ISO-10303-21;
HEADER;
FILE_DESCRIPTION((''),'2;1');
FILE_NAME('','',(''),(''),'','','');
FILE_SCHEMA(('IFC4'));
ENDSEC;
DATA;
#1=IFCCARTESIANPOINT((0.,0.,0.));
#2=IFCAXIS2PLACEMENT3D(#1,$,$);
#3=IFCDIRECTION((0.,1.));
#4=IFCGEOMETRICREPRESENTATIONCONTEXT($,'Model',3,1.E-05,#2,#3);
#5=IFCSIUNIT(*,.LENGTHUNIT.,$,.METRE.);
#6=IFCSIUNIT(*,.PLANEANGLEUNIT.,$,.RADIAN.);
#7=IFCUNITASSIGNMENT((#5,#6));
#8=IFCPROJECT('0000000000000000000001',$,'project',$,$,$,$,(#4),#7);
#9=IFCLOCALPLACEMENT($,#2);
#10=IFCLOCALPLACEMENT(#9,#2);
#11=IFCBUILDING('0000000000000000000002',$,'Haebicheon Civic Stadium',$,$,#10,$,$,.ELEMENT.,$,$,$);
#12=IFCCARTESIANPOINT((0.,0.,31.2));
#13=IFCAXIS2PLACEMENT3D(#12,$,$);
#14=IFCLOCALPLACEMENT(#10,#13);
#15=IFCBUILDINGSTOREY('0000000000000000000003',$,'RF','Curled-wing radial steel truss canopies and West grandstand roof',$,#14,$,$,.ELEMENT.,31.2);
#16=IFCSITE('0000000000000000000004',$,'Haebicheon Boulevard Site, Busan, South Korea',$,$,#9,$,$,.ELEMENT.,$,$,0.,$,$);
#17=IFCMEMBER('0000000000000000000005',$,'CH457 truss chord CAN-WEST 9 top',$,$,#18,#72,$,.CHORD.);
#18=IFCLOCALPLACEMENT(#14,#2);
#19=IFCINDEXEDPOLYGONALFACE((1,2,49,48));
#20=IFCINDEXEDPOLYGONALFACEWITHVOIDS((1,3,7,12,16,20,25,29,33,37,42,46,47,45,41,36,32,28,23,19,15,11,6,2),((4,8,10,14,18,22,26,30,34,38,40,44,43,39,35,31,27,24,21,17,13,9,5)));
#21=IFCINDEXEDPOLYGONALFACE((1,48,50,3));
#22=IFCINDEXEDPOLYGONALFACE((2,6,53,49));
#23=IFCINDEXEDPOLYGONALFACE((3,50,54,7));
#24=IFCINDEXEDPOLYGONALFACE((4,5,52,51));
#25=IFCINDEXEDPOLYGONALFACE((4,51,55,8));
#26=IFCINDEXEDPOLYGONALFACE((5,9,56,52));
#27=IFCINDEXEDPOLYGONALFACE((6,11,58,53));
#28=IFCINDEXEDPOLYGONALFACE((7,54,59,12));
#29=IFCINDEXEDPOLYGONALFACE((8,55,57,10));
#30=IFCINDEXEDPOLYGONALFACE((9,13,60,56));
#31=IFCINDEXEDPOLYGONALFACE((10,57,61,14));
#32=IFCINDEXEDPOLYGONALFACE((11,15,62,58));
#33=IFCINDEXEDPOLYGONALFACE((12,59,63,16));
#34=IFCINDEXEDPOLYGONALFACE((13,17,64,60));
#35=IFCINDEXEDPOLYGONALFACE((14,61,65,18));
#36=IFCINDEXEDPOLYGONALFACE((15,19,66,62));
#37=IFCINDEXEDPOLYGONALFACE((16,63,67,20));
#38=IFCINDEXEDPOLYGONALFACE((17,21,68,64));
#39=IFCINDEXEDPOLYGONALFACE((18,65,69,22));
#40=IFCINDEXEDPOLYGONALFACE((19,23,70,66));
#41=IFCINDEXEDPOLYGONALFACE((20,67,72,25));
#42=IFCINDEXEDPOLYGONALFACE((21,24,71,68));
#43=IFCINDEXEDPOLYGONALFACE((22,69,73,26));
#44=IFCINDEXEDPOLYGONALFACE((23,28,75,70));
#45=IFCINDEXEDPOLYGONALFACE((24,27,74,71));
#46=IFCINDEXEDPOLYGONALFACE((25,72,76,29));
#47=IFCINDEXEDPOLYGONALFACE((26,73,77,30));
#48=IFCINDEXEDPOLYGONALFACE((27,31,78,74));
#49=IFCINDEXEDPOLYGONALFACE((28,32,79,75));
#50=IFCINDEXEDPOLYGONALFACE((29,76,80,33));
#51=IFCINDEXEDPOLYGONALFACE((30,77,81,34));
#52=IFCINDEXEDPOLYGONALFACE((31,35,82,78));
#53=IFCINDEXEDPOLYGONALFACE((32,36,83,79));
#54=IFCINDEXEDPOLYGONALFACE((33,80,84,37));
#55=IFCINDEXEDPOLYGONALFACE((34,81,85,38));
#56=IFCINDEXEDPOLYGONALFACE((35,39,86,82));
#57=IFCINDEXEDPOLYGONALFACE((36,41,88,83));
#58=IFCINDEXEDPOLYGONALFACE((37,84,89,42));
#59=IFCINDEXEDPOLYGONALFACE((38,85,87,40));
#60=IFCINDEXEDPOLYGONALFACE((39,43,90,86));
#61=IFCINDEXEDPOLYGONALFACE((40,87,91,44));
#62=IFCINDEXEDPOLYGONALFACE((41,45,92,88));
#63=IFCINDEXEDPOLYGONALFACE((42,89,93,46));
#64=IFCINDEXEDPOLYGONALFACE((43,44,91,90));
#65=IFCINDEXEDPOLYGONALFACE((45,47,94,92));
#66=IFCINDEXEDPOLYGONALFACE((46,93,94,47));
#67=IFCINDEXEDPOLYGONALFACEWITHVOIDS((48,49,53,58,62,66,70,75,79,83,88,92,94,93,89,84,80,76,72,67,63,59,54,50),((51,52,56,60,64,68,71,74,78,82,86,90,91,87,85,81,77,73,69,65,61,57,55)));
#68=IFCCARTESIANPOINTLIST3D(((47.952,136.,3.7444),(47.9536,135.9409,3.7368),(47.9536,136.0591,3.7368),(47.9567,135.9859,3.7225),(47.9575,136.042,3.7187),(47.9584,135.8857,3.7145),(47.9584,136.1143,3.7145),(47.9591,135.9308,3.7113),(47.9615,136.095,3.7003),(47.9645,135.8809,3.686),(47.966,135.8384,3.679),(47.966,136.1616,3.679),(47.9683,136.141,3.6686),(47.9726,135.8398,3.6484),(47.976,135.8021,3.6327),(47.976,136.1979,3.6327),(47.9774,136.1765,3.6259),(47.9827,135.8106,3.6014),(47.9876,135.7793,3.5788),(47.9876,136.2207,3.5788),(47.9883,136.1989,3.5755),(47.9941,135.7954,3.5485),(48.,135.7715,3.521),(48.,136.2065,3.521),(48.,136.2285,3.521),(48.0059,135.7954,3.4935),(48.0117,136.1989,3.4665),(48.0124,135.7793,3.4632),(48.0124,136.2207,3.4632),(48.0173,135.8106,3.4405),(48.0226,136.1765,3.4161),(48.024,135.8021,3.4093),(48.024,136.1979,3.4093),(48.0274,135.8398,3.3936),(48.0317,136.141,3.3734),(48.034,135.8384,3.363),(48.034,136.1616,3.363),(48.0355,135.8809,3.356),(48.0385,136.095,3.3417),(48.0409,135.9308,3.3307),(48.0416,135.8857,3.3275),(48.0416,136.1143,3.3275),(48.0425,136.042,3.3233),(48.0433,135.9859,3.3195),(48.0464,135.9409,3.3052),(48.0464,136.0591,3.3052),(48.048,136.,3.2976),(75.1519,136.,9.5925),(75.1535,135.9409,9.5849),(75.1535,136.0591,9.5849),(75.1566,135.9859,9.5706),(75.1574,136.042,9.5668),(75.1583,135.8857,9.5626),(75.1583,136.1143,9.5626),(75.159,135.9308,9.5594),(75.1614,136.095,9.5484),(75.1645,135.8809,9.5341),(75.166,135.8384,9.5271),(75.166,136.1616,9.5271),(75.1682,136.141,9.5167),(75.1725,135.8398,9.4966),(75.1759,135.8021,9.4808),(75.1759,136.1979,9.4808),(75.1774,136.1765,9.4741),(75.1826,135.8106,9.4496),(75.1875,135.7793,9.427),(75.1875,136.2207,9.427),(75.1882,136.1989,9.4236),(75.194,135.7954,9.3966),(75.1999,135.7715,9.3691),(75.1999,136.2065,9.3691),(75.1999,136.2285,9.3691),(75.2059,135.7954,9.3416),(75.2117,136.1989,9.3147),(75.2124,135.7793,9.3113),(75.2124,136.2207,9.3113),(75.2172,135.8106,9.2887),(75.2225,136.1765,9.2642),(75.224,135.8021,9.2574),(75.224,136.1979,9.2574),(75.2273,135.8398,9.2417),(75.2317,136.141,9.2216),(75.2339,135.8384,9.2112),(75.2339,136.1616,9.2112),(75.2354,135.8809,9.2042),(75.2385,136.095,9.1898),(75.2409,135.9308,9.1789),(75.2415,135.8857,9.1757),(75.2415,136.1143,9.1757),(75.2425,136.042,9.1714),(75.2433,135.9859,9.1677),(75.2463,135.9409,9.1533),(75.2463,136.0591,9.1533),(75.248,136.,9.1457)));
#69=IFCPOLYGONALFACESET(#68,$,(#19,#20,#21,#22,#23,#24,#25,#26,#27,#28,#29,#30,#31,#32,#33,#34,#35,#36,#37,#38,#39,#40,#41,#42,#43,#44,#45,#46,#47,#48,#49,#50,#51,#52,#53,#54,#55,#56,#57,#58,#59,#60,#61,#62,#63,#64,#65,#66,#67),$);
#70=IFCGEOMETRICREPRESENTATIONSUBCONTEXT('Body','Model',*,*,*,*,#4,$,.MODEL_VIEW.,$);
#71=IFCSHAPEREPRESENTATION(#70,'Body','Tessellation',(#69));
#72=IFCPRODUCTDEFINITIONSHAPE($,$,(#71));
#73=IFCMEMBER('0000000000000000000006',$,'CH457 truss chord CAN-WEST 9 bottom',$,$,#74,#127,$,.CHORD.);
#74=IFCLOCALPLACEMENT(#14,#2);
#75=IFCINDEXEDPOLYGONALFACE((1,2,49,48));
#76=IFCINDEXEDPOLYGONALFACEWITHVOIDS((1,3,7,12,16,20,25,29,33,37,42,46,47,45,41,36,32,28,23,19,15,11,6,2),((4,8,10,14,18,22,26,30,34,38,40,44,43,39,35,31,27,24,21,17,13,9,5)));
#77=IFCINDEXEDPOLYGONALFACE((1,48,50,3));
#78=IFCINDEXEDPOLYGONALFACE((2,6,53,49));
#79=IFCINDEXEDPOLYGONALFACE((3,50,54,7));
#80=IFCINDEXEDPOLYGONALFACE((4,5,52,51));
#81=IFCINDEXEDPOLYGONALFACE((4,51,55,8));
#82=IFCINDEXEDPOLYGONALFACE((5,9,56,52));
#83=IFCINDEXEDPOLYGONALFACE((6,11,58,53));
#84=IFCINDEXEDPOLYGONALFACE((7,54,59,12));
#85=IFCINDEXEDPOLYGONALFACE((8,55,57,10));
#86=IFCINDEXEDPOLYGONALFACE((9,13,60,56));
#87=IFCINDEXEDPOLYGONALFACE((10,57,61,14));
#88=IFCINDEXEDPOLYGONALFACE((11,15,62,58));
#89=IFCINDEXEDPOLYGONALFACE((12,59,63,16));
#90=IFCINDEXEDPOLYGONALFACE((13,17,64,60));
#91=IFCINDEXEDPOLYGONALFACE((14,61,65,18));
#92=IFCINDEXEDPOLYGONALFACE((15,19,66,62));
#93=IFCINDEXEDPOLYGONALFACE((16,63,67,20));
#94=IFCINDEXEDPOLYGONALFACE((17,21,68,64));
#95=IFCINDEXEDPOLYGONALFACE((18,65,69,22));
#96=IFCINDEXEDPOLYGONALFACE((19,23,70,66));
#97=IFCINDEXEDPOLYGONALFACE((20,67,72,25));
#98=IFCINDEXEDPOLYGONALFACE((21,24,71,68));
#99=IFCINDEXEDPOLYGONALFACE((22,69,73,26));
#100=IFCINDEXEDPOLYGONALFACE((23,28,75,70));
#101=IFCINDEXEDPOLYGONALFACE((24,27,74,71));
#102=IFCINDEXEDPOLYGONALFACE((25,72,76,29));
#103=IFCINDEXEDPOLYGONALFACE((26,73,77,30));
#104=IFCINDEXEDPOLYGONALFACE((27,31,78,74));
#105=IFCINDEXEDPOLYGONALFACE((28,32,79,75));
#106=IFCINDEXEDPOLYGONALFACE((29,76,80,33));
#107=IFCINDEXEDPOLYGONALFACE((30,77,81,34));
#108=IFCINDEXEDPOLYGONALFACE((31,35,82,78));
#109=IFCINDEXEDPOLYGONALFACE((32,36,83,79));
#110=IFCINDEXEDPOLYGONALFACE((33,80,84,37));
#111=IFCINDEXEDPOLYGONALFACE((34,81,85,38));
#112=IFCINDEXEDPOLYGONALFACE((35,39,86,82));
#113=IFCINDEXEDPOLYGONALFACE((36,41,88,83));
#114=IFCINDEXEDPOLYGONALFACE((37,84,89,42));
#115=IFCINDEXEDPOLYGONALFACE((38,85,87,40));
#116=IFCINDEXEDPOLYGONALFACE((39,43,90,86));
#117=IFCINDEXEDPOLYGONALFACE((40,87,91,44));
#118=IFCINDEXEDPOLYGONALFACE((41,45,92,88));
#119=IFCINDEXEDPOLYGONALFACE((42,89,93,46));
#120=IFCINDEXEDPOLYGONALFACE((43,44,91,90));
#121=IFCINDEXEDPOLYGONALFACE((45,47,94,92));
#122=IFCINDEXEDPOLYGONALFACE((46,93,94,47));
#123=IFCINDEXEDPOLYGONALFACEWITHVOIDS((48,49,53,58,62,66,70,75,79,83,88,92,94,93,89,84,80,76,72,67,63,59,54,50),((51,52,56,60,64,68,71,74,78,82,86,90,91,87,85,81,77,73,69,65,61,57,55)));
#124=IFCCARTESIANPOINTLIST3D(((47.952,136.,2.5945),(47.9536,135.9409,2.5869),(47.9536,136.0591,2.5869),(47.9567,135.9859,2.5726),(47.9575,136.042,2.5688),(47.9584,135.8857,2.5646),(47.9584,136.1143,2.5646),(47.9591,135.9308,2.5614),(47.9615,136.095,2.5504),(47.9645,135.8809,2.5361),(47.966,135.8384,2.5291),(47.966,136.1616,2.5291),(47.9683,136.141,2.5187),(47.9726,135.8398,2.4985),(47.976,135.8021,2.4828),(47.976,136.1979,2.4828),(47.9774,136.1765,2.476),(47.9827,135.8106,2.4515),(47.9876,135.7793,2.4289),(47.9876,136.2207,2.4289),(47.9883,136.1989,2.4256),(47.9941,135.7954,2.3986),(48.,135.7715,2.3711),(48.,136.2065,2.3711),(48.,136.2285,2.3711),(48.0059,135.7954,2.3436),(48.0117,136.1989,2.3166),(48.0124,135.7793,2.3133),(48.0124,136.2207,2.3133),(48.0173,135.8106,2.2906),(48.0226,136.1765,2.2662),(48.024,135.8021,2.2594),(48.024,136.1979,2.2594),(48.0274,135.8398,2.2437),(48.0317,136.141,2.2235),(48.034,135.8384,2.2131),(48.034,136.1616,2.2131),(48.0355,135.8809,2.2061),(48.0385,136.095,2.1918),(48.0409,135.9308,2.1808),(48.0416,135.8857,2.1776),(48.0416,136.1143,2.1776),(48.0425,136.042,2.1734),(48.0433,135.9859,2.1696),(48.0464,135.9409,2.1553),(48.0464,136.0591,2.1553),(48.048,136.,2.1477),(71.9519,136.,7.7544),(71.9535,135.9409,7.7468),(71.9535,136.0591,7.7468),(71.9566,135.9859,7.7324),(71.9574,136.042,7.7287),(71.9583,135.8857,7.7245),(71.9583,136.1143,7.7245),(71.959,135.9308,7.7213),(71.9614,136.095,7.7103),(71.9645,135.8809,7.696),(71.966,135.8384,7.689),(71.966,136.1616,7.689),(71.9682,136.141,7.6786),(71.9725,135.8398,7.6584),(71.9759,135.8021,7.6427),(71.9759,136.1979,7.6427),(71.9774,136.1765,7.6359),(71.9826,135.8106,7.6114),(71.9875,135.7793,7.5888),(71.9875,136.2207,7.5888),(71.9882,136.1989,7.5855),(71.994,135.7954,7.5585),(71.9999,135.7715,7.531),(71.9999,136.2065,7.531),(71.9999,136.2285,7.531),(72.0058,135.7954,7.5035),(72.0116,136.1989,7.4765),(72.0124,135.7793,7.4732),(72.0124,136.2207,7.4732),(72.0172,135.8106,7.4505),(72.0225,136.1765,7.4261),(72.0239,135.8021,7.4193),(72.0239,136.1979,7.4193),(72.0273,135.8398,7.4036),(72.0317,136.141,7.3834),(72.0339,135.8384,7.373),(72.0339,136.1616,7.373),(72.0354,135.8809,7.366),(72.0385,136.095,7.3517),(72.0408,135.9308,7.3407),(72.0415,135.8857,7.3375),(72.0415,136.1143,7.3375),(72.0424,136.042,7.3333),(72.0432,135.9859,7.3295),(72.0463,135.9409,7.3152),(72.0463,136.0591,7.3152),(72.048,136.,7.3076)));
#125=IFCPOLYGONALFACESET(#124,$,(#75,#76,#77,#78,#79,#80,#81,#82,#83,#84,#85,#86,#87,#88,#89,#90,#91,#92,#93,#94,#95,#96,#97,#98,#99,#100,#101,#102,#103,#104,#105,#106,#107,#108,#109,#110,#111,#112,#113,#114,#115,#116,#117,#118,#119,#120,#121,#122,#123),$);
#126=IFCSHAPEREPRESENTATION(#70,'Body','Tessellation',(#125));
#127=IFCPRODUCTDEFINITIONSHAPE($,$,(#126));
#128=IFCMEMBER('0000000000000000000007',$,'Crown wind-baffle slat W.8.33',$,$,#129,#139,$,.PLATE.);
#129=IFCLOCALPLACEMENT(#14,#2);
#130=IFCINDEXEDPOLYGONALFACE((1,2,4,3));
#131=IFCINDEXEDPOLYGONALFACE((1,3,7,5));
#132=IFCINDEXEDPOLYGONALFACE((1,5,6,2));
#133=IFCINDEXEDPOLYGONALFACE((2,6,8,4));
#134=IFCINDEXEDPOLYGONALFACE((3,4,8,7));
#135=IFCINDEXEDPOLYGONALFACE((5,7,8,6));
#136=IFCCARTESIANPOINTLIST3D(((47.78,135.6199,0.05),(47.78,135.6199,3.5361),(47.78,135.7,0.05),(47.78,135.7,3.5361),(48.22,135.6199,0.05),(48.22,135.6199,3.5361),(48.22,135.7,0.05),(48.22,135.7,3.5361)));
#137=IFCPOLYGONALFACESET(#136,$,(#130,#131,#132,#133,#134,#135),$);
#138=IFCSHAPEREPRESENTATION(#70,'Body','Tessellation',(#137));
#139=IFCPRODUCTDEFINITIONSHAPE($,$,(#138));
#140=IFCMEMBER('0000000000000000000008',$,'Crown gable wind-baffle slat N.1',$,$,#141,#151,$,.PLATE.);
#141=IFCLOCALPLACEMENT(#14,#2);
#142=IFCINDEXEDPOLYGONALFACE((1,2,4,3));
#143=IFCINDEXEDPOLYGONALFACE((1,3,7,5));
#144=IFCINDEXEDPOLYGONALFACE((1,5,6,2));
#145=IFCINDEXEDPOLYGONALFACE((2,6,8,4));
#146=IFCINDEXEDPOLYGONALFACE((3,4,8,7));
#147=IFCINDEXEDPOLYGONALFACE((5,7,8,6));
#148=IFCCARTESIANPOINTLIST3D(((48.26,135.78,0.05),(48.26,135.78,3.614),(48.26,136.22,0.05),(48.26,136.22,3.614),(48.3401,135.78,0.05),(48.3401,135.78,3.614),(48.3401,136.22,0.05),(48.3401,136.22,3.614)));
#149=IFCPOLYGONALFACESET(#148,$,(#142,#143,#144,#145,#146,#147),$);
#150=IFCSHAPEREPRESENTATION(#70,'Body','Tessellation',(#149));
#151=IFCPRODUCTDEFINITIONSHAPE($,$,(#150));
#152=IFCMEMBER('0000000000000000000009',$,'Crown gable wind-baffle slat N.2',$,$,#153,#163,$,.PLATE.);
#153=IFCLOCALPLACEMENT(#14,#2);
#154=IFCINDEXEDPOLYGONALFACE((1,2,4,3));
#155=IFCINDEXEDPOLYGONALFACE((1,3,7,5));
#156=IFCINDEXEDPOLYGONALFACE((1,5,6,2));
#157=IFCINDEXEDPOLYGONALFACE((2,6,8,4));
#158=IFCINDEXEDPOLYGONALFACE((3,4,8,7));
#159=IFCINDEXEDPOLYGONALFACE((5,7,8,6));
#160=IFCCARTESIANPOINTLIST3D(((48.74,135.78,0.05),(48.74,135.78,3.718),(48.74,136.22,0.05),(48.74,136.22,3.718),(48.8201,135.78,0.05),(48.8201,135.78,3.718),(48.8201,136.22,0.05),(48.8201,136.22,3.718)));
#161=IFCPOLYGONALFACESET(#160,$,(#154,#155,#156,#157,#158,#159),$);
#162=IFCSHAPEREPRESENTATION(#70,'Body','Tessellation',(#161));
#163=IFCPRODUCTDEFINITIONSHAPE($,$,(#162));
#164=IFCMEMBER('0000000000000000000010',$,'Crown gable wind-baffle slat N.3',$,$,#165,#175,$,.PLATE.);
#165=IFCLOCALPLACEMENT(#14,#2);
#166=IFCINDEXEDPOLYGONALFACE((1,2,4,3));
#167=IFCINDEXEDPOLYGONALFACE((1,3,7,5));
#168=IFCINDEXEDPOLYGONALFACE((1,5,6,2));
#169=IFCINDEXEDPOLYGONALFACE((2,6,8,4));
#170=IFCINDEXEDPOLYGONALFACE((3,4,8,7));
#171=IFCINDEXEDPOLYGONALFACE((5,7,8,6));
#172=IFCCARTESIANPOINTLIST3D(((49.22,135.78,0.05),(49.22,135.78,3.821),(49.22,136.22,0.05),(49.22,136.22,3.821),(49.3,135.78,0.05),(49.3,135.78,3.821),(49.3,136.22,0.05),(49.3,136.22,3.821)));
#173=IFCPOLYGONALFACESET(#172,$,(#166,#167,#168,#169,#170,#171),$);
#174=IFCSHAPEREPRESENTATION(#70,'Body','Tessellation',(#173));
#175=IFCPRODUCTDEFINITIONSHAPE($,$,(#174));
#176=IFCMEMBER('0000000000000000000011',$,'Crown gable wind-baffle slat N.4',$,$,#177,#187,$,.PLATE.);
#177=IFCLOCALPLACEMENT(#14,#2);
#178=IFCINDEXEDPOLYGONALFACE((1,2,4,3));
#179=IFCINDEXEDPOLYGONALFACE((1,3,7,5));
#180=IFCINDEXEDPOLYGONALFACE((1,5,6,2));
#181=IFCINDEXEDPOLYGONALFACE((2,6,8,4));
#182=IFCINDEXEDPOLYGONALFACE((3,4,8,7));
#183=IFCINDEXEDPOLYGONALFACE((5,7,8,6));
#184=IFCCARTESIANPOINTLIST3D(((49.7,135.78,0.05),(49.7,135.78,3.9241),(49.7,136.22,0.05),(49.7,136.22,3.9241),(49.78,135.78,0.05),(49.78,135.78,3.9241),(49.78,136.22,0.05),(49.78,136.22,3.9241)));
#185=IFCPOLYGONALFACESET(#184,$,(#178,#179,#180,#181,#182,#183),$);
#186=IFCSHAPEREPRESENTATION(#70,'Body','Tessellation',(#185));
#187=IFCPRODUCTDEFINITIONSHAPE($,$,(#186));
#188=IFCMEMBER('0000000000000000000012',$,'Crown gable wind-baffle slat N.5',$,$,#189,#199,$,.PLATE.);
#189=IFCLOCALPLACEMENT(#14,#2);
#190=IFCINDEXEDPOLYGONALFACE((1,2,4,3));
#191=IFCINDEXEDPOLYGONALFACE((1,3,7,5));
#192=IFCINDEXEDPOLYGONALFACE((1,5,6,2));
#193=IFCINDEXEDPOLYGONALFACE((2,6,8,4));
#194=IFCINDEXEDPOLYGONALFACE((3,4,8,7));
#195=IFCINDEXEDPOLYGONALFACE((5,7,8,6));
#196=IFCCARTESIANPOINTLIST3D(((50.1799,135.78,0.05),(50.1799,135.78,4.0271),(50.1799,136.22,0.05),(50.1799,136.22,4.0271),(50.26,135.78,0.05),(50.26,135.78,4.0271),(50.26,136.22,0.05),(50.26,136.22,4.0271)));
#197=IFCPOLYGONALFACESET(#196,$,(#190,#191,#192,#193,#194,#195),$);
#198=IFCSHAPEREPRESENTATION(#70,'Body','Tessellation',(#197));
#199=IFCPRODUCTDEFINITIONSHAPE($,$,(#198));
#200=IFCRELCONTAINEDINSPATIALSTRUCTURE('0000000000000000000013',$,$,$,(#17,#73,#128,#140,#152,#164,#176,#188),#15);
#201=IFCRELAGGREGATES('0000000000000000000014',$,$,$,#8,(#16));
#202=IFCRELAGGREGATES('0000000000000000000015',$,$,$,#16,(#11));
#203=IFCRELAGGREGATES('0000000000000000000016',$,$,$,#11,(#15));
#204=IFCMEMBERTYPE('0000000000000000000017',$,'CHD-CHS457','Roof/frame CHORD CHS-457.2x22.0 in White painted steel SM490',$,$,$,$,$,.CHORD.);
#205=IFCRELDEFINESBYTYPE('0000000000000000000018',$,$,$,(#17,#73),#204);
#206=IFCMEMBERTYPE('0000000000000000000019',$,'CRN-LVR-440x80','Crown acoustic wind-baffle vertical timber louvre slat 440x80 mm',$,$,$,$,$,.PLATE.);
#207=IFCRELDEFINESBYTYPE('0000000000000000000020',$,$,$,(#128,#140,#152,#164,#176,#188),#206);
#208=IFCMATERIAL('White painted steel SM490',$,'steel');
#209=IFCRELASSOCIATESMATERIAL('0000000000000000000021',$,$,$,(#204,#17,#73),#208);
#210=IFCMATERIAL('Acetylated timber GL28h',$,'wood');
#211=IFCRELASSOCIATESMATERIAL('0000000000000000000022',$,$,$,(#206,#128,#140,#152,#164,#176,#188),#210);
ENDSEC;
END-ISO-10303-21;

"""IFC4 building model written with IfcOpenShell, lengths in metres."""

from ifc_helpers import new_model, si_unit, direction, frame, origin, origin_2d, place, context, subcontext, project, spatial, rectangle, hollow_circle, extrude, material, material_profile, profile_set, type_object, element, save


model = new_model("IFC4")

# Units and contexts
model_context = context("Model", 3, precision=1e-05, world=origin(), true_north=direction((0.0, 1.0)))
body_context = subcontext(model_context, "Body", "Model", "MODEL_VIEW")
ifc_project = project(units=[si_unit("LENGTHUNIT", "METRE"), si_unit("PLANEANGLEUNIT", "RADIAN")], contexts=[model_context])

# Site, building, storey
site_placement = place(None, origin())
site = spatial("IfcSite", under=ifc_project, at=site_placement, Name="Haebicheon Boulevard Site, Busan, South Korea", CompositionType="ELEMENT", RefElevation=0.0)
building_placement = place(site_placement, origin())
building = spatial("IfcBuilding", under=site, at=building_placement, Name="Haebicheon Civic Stadium", CompositionType="ELEMENT")
storey_placement = place(building_placement, frame((0.0, 0.0, 31.2)))
storey = spatial("IfcBuildingStorey", under=building, at=storey_placement, Name="RF", Description="Curled-wing radial steel truss canopies and West grandstand roof", CompositionType="ELEMENT", Elevation=31.2)

# Members
ifc_material_1 = material(Name="White painted steel SM490", Category="steel")
ifc_material_profile_1 = material_profile(ifc_material_1, hollow_circle(Radius=0.2285, WallThickness=0.022, at=origin_2d()), Name="CHS-457.2x22.0")
ifc_profile_set_1 = profile_set([ifc_material_profile_1], Name="White painted steel SM490")
member_type_1 = type_object("IfcMemberType", Name="CHD-CHS457", Description="Roof/frame CHORD CHS-457.2x22.0 in White painted steel SM490", PredefinedType="CHORD", material=ifc_profile_set_1)
member_1_placement = place(storey_placement, frame((48.0, 136.0, 3.521), z_axis=(0.977658, 0.0, 0.210202), x_axis=(0.0, 1.0, 0.0)))
element("IfcMember", 1, at=member_1_placement, inside=storey, type_object=member_type_1, material=ifc_profile_set_1, Name="CH457 truss chord CAN-WEST 9 top", PredefinedType="CHORD", context=body_context, shape_type="SweptSolid", body=[
    extrude(hollow_circle(Radius=0.2285, WallThickness=0.022, at=origin_2d()), origin(), (0.0, 0.0, 1.0), 27.8215),
])
member_2_placement = place(storey_placement, frame((48.0, 136.0, 2.3711), z_axis=(0.97766, 0.0, 0.210193), x_axis=(0.0, 1.0, 0.0)))
element("IfcMember", 2, at=member_2_placement, inside=storey, type_object=member_type_1, material=ifc_profile_set_1, Name="CH457 truss chord CAN-WEST 9 bottom", PredefinedType="CHORD", context=body_context, shape_type="SweptSolid", body=[
    extrude(hollow_circle(Radius=0.2285, WallThickness=0.022, at=origin_2d()), origin(), (0.0, 0.0, 1.0), 24.5483),
])
ifc_material_2 = material(Name="Acetylated timber GL28h", Category="wood")
ifc_material_profile_2 = material_profile(ifc_material_2, rectangle(XDim=0.0801, YDim=0.4399, at=origin_2d()), Name="TMB-LOUV-80x440")
ifc_profile_set_2 = profile_set([ifc_material_profile_2], Name="Acetylated timber GL28h")
member_type_2 = type_object("IfcMemberType", Name="CRN-LVR-440x80", Description="Crown acoustic wind-baffle vertical timber louvre slat 440x80 mm", PredefinedType="PLATE", material=ifc_profile_set_2)
member_3_placement = place(storey_placement, frame((48.0, 135.6599, 0.05), z_axis=(0.0, 0.0, 1.0), x_axis=(0.0, 1.0, 0.0)))
element("IfcMember", 3, at=member_3_placement, inside=storey, type_object=member_type_2, material=ifc_profile_set_2, Name="Crown wind-baffle slat W.8.33", PredefinedType="PLATE", context=body_context, shape_type="SweptSolid", body=[
    extrude(rectangle(XDim=0.0801, YDim=0.4399, at=origin_2d()), origin(), (0.0, 0.0, 1.0), 3.4861),
])
member_4_placement = place(storey_placement, frame((48.3, 136.0, 0.05), z_axis=(0.0, 0.0, 1.0), x_axis=(1.0, 0.0, 0.0)))
element("IfcMember", 4, at=member_4_placement, inside=storey, type_object=member_type_2, material=ifc_profile_set_2, Name="Crown gable wind-baffle slat N.1", PredefinedType="PLATE", context=body_context, shape_type="SweptSolid", body=[
    extrude(rectangle(XDim=0.0801, YDim=0.4399, at=origin_2d()), origin(), (0.0, 0.0, 1.0), 3.564),
])
member_5_placement = place(storey_placement, frame((48.78, 136.0, 0.05), z_axis=(0.0, 0.0, 1.0), x_axis=(1.0, 0.0, 0.0)))
element("IfcMember", 5, at=member_5_placement, inside=storey, type_object=member_type_2, material=ifc_profile_set_2, Name="Crown gable wind-baffle slat N.2", PredefinedType="PLATE", context=body_context, shape_type="SweptSolid", body=[
    extrude(rectangle(XDim=0.0801, YDim=0.4399, at=origin_2d()), origin(), (0.0, 0.0, 1.0), 3.668),
])
member_6_placement = place(storey_placement, frame((49.26, 136.0, 0.05), z_axis=(0.0, 0.0, 1.0), x_axis=(1.0, 0.0, 0.0)))
element("IfcMember", 6, at=member_6_placement, inside=storey, type_object=member_type_2, material=ifc_profile_set_2, Name="Crown gable wind-baffle slat N.3", PredefinedType="PLATE", context=body_context, shape_type="SweptSolid", body=[
    extrude(rectangle(XDim=0.0801, YDim=0.4399, at=origin_2d()), origin(), (0.0, 0.0, 1.0), 3.771),
])
member_7_placement = place(storey_placement, frame((49.74, 136.0, 0.05), z_axis=(0.0, 0.0, 1.0), x_axis=(1.0, 0.0, 0.0)))
element("IfcMember", 7, at=member_7_placement, inside=storey, type_object=member_type_2, material=ifc_profile_set_2, Name="Crown gable wind-baffle slat N.4", PredefinedType="PLATE", context=body_context, shape_type="SweptSolid", body=[
    extrude(rectangle(XDim=0.0801, YDim=0.4399, at=origin_2d()), origin(), (0.0, 0.0, 1.0), 3.874),
])
member_8_placement = place(storey_placement, frame((50.22, 136.0, 0.05), z_axis=(0.0, 0.0, 1.0), x_axis=(1.0, 0.0, 0.0)))
element("IfcMember", 8, at=member_8_placement, inside=storey, type_object=member_type_2, material=ifc_profile_set_2, Name="Crown gable wind-baffle slat N.5", PredefinedType="PLATE", context=body_context, shape_type="SweptSolid", body=[
    extrude(rectangle(XDim=0.0801, YDim=0.4399, at=origin_2d()), origin(), (0.0, 0.0, 1.0), 3.9771),
])

save(model, "model.ifc")
